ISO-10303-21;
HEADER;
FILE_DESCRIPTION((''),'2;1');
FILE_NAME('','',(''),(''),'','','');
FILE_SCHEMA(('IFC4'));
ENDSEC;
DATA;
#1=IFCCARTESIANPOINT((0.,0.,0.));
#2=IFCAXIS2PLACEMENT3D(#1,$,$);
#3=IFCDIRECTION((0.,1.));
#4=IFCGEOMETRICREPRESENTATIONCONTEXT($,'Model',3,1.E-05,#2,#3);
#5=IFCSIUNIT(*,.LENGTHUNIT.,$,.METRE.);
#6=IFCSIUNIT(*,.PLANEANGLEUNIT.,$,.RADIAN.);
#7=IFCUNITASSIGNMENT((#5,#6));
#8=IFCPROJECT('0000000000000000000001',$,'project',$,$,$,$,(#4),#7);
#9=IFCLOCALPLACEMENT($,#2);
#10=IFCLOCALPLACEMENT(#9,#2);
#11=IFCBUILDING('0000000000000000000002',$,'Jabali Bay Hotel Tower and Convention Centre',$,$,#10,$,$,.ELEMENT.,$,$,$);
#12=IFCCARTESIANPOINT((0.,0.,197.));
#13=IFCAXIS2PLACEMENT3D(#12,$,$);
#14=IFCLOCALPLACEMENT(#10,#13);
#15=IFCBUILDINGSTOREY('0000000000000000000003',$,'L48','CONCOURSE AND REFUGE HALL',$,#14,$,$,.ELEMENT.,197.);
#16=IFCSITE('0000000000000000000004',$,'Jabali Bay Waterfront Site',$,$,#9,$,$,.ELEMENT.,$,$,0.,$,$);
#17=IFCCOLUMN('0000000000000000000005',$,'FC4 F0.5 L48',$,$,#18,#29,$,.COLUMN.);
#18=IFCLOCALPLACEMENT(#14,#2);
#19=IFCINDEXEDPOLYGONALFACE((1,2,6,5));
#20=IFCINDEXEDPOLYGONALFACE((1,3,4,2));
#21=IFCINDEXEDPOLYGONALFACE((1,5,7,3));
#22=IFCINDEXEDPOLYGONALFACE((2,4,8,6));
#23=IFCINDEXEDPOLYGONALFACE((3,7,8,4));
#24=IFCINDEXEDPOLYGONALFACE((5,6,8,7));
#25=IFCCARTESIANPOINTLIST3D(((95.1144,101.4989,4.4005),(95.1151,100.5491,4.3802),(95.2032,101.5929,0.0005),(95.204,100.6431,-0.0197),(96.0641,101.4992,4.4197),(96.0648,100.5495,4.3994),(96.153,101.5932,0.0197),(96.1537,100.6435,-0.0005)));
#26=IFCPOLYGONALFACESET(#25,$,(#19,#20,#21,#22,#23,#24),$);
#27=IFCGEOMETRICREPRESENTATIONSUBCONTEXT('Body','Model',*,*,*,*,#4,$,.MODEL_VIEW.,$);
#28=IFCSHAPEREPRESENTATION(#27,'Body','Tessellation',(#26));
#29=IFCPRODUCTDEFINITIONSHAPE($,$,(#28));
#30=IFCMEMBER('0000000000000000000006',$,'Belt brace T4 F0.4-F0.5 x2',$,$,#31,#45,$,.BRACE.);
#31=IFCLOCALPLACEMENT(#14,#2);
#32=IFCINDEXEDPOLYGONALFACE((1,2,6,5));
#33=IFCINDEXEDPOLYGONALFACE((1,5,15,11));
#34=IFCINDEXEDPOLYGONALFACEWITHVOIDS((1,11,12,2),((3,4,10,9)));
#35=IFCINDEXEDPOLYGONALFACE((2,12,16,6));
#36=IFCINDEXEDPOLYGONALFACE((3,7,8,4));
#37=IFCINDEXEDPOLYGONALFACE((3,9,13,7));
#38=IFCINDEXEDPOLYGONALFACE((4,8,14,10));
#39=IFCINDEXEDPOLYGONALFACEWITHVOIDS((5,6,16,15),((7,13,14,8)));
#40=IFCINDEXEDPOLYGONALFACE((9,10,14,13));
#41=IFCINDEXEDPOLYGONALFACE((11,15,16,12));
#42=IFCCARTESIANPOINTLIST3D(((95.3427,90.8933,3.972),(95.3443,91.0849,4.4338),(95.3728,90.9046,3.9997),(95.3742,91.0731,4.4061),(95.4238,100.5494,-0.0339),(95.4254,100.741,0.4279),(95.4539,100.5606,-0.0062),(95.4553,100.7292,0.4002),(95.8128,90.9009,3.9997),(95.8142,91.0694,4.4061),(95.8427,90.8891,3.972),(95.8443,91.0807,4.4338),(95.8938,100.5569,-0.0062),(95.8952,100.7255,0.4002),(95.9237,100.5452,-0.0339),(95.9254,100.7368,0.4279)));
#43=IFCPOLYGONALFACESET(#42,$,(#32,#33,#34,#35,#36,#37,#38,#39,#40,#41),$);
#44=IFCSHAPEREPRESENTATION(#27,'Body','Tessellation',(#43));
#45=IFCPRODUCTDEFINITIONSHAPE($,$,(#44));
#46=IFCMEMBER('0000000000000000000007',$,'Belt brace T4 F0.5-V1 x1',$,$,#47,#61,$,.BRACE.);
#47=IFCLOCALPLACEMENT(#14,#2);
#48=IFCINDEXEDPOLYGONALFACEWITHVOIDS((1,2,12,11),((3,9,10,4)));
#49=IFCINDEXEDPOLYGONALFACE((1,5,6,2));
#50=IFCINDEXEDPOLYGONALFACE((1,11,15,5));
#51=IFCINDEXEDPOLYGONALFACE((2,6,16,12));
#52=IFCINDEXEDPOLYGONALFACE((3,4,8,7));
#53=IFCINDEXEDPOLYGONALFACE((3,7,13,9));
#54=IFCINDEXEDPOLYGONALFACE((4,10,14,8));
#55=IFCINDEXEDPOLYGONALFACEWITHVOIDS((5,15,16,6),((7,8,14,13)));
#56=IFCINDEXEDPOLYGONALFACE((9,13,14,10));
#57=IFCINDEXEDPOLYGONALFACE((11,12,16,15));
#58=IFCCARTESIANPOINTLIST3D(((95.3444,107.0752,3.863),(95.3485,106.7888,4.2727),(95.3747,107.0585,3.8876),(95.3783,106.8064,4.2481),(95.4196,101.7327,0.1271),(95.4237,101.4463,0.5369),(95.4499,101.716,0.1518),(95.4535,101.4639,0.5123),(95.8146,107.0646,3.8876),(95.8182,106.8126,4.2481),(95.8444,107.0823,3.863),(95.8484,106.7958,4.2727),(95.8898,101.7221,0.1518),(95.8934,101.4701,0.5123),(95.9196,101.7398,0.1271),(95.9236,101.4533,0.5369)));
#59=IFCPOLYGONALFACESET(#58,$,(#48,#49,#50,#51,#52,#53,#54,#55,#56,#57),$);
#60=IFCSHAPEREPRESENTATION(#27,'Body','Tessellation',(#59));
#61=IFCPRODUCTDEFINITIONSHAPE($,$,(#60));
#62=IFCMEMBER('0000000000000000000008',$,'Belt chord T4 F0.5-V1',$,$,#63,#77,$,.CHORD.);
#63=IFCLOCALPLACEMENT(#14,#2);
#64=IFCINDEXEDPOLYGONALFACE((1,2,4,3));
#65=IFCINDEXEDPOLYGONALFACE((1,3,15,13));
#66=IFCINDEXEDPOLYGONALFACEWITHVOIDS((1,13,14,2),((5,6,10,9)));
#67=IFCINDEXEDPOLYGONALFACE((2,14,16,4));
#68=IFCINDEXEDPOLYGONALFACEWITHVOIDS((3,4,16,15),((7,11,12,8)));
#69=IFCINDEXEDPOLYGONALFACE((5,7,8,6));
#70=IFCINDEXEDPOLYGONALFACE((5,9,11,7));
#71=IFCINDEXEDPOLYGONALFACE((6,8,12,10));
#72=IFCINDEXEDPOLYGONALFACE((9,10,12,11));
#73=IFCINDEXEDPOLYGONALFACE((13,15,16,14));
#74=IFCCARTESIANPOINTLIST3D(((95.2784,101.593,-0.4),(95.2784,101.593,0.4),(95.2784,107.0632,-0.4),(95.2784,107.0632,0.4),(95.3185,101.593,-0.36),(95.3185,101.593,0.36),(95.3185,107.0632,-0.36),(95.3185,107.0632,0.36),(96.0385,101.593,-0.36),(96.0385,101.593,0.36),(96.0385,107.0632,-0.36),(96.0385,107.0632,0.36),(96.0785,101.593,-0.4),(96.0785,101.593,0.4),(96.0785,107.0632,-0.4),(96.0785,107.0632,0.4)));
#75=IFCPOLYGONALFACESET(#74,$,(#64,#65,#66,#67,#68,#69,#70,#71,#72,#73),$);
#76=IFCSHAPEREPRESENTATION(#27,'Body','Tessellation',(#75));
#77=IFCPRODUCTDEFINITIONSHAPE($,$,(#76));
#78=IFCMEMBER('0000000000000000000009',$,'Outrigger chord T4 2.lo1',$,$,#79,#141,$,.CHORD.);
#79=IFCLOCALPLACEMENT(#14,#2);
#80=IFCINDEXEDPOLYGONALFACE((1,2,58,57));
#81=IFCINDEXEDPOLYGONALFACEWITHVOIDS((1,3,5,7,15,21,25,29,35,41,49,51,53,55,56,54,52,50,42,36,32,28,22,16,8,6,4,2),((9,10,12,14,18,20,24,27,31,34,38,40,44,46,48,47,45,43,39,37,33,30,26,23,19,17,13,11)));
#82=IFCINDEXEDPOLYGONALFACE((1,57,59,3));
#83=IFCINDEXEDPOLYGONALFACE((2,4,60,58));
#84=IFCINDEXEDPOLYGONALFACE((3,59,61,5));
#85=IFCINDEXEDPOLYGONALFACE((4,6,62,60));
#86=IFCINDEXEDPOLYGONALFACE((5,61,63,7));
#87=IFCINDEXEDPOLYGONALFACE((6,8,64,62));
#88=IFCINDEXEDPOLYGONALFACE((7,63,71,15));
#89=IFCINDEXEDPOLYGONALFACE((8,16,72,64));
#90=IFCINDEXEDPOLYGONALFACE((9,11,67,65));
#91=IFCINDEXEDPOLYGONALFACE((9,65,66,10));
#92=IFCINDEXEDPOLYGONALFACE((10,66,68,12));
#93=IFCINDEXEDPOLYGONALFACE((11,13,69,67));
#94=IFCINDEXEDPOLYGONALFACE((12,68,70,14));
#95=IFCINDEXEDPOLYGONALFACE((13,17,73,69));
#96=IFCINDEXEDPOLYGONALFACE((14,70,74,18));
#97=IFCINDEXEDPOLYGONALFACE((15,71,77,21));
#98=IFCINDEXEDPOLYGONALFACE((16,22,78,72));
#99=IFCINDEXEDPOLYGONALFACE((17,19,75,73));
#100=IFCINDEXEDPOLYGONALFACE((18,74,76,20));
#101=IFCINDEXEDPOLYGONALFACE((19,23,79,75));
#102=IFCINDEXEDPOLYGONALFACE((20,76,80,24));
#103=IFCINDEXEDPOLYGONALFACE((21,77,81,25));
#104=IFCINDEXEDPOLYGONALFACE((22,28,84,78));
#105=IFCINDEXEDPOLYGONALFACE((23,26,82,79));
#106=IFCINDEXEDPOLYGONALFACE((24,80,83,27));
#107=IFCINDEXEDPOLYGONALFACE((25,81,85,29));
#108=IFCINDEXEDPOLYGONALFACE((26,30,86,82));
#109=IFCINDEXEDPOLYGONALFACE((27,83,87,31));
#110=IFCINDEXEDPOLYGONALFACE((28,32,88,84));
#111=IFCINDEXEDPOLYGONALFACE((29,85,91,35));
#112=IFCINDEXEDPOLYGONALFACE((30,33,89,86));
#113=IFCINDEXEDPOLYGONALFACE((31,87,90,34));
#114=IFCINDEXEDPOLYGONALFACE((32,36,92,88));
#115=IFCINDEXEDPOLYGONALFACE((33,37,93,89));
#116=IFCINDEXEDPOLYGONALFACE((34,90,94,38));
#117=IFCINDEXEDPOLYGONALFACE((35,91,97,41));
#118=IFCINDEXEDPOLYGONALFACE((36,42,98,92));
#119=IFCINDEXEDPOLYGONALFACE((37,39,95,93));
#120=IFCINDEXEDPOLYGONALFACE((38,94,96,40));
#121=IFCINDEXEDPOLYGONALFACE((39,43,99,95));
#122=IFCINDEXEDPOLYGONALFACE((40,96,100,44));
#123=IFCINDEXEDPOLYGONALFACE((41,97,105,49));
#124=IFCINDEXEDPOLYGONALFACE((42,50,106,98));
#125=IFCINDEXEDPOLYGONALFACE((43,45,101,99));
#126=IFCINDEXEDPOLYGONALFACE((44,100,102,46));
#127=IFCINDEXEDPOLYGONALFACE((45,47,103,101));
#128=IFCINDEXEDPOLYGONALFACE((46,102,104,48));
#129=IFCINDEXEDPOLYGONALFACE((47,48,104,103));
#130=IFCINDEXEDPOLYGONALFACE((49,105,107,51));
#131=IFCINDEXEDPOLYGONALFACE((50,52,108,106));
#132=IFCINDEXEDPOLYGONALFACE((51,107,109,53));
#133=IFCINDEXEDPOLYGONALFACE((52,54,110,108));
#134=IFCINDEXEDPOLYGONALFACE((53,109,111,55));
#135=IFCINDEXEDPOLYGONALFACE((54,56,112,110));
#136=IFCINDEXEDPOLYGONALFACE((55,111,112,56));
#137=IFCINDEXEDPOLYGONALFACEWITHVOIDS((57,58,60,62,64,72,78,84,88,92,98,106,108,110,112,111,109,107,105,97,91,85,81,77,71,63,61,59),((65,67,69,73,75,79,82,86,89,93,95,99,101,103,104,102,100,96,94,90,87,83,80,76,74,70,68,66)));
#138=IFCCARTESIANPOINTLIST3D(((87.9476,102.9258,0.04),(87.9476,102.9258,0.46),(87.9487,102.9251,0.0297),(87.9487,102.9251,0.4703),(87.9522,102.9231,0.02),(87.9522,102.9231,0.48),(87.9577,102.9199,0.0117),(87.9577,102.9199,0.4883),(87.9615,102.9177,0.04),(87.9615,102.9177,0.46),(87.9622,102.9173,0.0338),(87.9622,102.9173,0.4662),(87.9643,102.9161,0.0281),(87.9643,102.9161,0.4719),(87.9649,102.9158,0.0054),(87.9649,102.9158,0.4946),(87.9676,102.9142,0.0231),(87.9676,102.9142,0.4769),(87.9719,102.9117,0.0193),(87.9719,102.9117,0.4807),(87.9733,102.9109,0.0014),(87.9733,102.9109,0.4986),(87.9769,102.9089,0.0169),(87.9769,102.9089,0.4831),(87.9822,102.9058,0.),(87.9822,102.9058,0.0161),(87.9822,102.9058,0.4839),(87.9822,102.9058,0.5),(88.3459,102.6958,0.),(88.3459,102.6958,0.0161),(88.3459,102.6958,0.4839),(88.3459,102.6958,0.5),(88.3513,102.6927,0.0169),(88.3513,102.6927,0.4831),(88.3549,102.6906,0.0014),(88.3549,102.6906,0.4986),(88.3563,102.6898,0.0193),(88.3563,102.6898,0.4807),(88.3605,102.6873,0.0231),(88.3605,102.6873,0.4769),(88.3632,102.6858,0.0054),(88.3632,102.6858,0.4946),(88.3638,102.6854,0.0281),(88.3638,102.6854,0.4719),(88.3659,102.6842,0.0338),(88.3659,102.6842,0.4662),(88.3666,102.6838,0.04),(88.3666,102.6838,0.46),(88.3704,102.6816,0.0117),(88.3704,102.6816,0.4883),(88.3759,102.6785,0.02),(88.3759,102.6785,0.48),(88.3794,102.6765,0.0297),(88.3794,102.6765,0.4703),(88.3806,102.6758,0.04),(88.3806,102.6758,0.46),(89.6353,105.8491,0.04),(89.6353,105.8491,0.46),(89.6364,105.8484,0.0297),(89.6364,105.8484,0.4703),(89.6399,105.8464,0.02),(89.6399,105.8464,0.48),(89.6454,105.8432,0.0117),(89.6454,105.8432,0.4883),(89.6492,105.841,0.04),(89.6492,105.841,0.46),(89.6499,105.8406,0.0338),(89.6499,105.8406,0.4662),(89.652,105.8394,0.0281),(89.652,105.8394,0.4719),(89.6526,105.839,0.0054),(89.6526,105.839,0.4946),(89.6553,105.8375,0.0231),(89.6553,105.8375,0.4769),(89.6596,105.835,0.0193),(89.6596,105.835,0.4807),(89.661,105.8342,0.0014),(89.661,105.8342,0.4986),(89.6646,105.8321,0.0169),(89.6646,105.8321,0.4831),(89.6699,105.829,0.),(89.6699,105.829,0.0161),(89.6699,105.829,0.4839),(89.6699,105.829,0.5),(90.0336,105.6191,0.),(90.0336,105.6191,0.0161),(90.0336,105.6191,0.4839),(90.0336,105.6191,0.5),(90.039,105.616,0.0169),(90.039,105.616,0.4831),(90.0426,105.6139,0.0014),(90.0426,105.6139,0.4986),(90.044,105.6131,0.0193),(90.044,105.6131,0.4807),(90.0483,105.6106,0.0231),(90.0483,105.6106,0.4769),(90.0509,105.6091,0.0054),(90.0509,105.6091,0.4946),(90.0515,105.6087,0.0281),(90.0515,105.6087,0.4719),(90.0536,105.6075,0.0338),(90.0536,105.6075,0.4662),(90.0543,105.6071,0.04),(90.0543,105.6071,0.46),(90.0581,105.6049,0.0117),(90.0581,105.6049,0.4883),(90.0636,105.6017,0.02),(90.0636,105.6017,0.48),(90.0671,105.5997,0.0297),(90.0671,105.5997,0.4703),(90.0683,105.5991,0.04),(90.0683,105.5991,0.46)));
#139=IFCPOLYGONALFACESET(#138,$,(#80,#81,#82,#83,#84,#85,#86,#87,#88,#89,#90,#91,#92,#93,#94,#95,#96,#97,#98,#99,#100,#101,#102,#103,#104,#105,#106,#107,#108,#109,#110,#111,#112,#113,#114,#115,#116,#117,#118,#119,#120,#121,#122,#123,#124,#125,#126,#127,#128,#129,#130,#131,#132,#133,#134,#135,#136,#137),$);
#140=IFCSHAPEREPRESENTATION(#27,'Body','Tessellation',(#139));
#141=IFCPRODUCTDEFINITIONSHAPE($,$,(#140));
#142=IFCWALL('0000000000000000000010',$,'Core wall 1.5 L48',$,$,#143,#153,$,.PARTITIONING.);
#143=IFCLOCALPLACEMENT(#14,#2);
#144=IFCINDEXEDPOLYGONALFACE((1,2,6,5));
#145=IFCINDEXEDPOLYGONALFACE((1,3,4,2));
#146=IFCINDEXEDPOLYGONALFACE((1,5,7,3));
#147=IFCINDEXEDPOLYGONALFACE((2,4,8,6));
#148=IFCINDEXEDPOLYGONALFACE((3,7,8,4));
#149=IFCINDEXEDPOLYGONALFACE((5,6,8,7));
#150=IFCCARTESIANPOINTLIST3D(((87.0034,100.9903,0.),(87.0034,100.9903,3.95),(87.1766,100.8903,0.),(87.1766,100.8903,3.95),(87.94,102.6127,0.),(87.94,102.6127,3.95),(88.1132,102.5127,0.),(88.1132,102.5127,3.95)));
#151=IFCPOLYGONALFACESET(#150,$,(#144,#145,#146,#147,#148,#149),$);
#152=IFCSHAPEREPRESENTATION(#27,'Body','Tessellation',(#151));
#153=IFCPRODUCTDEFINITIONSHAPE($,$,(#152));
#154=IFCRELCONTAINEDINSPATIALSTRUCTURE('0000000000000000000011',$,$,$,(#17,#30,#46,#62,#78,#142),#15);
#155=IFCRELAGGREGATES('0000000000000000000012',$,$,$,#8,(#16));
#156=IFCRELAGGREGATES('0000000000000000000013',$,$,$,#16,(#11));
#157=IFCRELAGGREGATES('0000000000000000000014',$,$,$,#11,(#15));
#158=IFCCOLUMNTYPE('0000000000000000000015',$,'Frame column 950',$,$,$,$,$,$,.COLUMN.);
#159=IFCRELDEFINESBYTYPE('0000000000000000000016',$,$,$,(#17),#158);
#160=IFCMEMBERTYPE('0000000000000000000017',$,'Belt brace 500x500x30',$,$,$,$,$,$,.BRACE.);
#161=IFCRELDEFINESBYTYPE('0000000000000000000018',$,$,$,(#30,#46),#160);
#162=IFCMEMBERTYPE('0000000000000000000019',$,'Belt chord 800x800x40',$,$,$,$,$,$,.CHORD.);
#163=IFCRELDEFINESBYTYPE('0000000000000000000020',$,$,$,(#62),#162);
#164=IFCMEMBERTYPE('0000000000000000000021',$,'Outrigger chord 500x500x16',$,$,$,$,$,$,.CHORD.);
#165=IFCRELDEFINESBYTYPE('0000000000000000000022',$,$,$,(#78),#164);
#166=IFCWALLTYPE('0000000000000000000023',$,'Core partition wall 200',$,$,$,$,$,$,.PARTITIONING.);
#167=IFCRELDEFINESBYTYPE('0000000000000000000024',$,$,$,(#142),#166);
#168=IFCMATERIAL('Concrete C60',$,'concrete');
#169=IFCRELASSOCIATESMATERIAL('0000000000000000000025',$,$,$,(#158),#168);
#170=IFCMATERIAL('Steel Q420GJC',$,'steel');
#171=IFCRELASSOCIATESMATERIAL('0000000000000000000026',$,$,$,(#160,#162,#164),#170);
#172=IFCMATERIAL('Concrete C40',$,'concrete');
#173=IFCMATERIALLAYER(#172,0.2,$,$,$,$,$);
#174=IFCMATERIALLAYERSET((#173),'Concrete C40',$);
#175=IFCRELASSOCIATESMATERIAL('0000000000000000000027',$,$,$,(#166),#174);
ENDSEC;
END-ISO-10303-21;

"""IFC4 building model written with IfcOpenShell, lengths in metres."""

from ifc_helpers import new_model, si_unit, direction, frame, frame_2d, origin, origin_2d, place, context, subcontext, project, spatial, rectangle, hollow_rectangle, extrude, material, layer, layer_set, material_profile, profile_set, type_object, element, save


model = new_model("IFC4")

# Units and contexts
model_context = context("Model", 3, precision=1e-05, world=origin(), true_north=direction((0.0, 1.0)))
body_context = subcontext(model_context, "Body", "Model", "MODEL_VIEW")
ifc_project = project(units=[si_unit("LENGTHUNIT", "METRE"), si_unit("PLANEANGLEUNIT", "RADIAN")], contexts=[model_context])

# Site, building, storey
site_placement = place(None, origin())
site = spatial("IfcSite", under=ifc_project, at=site_placement, Name="Jabali Bay Waterfront Site", CompositionType="ELEMENT", RefElevation=0.0)
building_placement = place(site_placement, origin())
building = spatial("IfcBuilding", under=site, at=building_placement, Name="Jabali Bay Hotel Tower and Convention Centre", CompositionType="ELEMENT")
storey_placement = place(building_placement, frame((0.0, 0.0, 197.0)))
storey = spatial("IfcBuildingStorey", under=building, at=storey_placement, Name="L48", Description="CONCOURSE AND REFUGE HALL", CompositionType="ELEMENT", Elevation=197.0)

# Column
ifc_material_1 = material(Name="Concrete C60", Category="concrete")
ifc_material_profile_1 = material_profile(ifc_material_1, rectangle(XDim=0.95, YDim=0.95, at=origin_2d()), Name="Frame column 950")
ifc_profile_set_1 = profile_set([ifc_material_profile_1], Name="Concrete C60")
column_type = type_object("IfcColumnType", Name="Frame column 950", PredefinedType="COLUMN", material=ifc_profile_set_1)
column_placement = place(storey_placement, frame((95.6785, 101.1182, 0.0), z_axis=(-0.020189, -0.021354, 0.999568), x_axis=(0.999796, 0.000347, 0.020201)))
element("IfcColumn", 1, at=column_placement, inside=storey, type_object=column_type, Name="FC4 F0.5 L48", PredefinedType="COLUMN", context=body_context, shape_type="SweptSolid", body=[
    extrude(rectangle(XDim=0.95, YDim=0.95, at=origin_2d()), origin(), (0.0, 0.0, 1.0), 4.4019),
])

# Members
ifc_material_2 = material(Name="Steel Q420GJC", Category="steel")
ifc_material_profile_2 = material_profile(ifc_material_2, hollow_rectangle(XDim=0.5, YDim=0.5, WallThickness=0.03, at=origin_2d()), Name="Belt brace 500x500x30")
ifc_profile_set_2 = profile_set([ifc_material_profile_2], Name="Steel Q420GJC")
member_type_1 = type_object("IfcMemberType", Name="Belt brace 500x500x30", PredefinedType="BRACE", material=ifc_profile_set_2)
member_1_placement = place(storey_placement, frame((95.6746, 100.6431, 0.197), z_axis=(-0.007753, -0.923642, 0.383179), x_axis=(0.999965, -0.008394, 0.0)))
element("IfcMember", 2, at=member_1_placement, inside=storey, type_object=member_type_1, Name="Belt brace T4 F0.4-F0.5 x2", PredefinedType="BRACE", context=body_context, shape_type="SweptSolid", body=[
    extrude(hollow_rectangle(XDim=0.5, YDim=0.5, WallThickness=0.03, at=origin_2d()), origin(), (0.0, 0.0, 1.0), 10.4543),
])
member_2_placement = place(storey_placement, frame((95.6716, 101.593, 0.332), z_axis=(-0.011534, 0.819461, 0.573019), x_axis=(-0.999901, -0.014073, 0.0)))
element("IfcMember", 3, at=member_2_placement, inside=storey, type_object=member_type_1, Name="Belt brace T4 F0.5-V1 x1", PredefinedType="BRACE", context=body_context, shape_type="SweptSolid", body=[
    extrude(hollow_rectangle(XDim=0.5, YDim=0.5, WallThickness=0.03, at=origin_2d()), origin(), (0.0, 0.0, 1.0), 6.5195),
])
ifc_material_profile_3 = material_profile(ifc_material_2, hollow_rectangle(XDim=0.8, YDim=0.8, WallThickness=0.04, at=origin_2d()), Name="Belt chord 800x800x40")
ifc_profile_set_3 = profile_set([ifc_material_profile_3], Name="Steel Q420GJC")
member_type_2 = type_object("IfcMemberType", Name="Belt chord 800x800x40", PredefinedType="CHORD", material=ifc_profile_set_3)
member_3_placement = place(storey_placement, frame((95.6785, 101.593, 0.0), z_axis=(0.0, 1.0, 0.0), x_axis=(-1.0, 0.0, 0.0)))
element("IfcMember", 4, at=member_3_placement, inside=storey, type_object=member_type_2, Name="Belt chord T4 F0.5-V1", PredefinedType="CHORD", context=body_context, shape_type="SweptSolid", body=[
    extrude(hollow_rectangle(XDim=0.8, YDim=0.8, WallThickness=0.04, at=origin_2d()), origin(), (0.0, 0.0, 1.0), 5.4702),
])
ifc_material_profile_4 = material_profile(ifc_material_2, hollow_rectangle(XDim=0.5, YDim=0.5, WallThickness=0.0161, InnerFilletRadius=0.0239, OuterFilletRadius=0.04, at=origin_2d()), Name="Outrigger chord 500x500x16")
ifc_profile_set_4 = profile_set([ifc_material_profile_4], Name="Steel Q420GJC")
member_type_3 = type_object("IfcMemberType", Name="Outrigger chord 500x500x16", PredefinedType="CHORD", material=ifc_profile_set_4)
member_4_placement = place(storey_placement, frame((88.1641, 102.8008, 0.25), z_axis=(0.49999, 0.866031, 0.0), x_axis=(-0.866031, 0.49999, 0.0)))
element("IfcMember", 5, at=member_4_placement, inside=storey, type_object=member_type_3, Name="Outrigger chord T4 2.lo1", PredefinedType="CHORD", context=body_context, shape_type="SweptSolid", body=[
    extrude(hollow_rectangle(XDim=0.5, YDim=0.5, WallThickness=0.0161, InnerFilletRadius=0.0239, OuterFilletRadius=0.04, at=origin_2d()), origin(), (0.0, 0.0, 1.0), 3.3755),
])

# Wall
ifc_material_3 = material(Name="Concrete C40", Category="concrete")
ifc_layer_1 = layer(ifc_material_3, 0.2)
ifc_layer_set_1 = layer_set([ifc_layer_1], Name="Concrete C40")
wall_type_1 = type_object("IfcWallType", Name="Core partition wall 200", PredefinedType="PARTITIONING", material=ifc_layer_set_1)
wall_1_placement = place(storey_placement, frame((87.0901, 100.9404, 0.0), z_axis=(0.0, 0.0, 1.0), x_axis=(0.499952, 0.866053, 0.0)))
element("IfcWall", 6, at=wall_1_placement, inside=storey, type_object=wall_type_1, Name="Core wall 1.5 L48", PredefinedType="PARTITIONING", context=body_context, shape_type="SweptSolid", body=[
    extrude(rectangle(XDim=1.8733, YDim=0.2, at=frame_2d((0.9365, 0.0))), origin(), (0.0, 0.0, 1.0), 3.95),
])

save(model, "model.ifc")
